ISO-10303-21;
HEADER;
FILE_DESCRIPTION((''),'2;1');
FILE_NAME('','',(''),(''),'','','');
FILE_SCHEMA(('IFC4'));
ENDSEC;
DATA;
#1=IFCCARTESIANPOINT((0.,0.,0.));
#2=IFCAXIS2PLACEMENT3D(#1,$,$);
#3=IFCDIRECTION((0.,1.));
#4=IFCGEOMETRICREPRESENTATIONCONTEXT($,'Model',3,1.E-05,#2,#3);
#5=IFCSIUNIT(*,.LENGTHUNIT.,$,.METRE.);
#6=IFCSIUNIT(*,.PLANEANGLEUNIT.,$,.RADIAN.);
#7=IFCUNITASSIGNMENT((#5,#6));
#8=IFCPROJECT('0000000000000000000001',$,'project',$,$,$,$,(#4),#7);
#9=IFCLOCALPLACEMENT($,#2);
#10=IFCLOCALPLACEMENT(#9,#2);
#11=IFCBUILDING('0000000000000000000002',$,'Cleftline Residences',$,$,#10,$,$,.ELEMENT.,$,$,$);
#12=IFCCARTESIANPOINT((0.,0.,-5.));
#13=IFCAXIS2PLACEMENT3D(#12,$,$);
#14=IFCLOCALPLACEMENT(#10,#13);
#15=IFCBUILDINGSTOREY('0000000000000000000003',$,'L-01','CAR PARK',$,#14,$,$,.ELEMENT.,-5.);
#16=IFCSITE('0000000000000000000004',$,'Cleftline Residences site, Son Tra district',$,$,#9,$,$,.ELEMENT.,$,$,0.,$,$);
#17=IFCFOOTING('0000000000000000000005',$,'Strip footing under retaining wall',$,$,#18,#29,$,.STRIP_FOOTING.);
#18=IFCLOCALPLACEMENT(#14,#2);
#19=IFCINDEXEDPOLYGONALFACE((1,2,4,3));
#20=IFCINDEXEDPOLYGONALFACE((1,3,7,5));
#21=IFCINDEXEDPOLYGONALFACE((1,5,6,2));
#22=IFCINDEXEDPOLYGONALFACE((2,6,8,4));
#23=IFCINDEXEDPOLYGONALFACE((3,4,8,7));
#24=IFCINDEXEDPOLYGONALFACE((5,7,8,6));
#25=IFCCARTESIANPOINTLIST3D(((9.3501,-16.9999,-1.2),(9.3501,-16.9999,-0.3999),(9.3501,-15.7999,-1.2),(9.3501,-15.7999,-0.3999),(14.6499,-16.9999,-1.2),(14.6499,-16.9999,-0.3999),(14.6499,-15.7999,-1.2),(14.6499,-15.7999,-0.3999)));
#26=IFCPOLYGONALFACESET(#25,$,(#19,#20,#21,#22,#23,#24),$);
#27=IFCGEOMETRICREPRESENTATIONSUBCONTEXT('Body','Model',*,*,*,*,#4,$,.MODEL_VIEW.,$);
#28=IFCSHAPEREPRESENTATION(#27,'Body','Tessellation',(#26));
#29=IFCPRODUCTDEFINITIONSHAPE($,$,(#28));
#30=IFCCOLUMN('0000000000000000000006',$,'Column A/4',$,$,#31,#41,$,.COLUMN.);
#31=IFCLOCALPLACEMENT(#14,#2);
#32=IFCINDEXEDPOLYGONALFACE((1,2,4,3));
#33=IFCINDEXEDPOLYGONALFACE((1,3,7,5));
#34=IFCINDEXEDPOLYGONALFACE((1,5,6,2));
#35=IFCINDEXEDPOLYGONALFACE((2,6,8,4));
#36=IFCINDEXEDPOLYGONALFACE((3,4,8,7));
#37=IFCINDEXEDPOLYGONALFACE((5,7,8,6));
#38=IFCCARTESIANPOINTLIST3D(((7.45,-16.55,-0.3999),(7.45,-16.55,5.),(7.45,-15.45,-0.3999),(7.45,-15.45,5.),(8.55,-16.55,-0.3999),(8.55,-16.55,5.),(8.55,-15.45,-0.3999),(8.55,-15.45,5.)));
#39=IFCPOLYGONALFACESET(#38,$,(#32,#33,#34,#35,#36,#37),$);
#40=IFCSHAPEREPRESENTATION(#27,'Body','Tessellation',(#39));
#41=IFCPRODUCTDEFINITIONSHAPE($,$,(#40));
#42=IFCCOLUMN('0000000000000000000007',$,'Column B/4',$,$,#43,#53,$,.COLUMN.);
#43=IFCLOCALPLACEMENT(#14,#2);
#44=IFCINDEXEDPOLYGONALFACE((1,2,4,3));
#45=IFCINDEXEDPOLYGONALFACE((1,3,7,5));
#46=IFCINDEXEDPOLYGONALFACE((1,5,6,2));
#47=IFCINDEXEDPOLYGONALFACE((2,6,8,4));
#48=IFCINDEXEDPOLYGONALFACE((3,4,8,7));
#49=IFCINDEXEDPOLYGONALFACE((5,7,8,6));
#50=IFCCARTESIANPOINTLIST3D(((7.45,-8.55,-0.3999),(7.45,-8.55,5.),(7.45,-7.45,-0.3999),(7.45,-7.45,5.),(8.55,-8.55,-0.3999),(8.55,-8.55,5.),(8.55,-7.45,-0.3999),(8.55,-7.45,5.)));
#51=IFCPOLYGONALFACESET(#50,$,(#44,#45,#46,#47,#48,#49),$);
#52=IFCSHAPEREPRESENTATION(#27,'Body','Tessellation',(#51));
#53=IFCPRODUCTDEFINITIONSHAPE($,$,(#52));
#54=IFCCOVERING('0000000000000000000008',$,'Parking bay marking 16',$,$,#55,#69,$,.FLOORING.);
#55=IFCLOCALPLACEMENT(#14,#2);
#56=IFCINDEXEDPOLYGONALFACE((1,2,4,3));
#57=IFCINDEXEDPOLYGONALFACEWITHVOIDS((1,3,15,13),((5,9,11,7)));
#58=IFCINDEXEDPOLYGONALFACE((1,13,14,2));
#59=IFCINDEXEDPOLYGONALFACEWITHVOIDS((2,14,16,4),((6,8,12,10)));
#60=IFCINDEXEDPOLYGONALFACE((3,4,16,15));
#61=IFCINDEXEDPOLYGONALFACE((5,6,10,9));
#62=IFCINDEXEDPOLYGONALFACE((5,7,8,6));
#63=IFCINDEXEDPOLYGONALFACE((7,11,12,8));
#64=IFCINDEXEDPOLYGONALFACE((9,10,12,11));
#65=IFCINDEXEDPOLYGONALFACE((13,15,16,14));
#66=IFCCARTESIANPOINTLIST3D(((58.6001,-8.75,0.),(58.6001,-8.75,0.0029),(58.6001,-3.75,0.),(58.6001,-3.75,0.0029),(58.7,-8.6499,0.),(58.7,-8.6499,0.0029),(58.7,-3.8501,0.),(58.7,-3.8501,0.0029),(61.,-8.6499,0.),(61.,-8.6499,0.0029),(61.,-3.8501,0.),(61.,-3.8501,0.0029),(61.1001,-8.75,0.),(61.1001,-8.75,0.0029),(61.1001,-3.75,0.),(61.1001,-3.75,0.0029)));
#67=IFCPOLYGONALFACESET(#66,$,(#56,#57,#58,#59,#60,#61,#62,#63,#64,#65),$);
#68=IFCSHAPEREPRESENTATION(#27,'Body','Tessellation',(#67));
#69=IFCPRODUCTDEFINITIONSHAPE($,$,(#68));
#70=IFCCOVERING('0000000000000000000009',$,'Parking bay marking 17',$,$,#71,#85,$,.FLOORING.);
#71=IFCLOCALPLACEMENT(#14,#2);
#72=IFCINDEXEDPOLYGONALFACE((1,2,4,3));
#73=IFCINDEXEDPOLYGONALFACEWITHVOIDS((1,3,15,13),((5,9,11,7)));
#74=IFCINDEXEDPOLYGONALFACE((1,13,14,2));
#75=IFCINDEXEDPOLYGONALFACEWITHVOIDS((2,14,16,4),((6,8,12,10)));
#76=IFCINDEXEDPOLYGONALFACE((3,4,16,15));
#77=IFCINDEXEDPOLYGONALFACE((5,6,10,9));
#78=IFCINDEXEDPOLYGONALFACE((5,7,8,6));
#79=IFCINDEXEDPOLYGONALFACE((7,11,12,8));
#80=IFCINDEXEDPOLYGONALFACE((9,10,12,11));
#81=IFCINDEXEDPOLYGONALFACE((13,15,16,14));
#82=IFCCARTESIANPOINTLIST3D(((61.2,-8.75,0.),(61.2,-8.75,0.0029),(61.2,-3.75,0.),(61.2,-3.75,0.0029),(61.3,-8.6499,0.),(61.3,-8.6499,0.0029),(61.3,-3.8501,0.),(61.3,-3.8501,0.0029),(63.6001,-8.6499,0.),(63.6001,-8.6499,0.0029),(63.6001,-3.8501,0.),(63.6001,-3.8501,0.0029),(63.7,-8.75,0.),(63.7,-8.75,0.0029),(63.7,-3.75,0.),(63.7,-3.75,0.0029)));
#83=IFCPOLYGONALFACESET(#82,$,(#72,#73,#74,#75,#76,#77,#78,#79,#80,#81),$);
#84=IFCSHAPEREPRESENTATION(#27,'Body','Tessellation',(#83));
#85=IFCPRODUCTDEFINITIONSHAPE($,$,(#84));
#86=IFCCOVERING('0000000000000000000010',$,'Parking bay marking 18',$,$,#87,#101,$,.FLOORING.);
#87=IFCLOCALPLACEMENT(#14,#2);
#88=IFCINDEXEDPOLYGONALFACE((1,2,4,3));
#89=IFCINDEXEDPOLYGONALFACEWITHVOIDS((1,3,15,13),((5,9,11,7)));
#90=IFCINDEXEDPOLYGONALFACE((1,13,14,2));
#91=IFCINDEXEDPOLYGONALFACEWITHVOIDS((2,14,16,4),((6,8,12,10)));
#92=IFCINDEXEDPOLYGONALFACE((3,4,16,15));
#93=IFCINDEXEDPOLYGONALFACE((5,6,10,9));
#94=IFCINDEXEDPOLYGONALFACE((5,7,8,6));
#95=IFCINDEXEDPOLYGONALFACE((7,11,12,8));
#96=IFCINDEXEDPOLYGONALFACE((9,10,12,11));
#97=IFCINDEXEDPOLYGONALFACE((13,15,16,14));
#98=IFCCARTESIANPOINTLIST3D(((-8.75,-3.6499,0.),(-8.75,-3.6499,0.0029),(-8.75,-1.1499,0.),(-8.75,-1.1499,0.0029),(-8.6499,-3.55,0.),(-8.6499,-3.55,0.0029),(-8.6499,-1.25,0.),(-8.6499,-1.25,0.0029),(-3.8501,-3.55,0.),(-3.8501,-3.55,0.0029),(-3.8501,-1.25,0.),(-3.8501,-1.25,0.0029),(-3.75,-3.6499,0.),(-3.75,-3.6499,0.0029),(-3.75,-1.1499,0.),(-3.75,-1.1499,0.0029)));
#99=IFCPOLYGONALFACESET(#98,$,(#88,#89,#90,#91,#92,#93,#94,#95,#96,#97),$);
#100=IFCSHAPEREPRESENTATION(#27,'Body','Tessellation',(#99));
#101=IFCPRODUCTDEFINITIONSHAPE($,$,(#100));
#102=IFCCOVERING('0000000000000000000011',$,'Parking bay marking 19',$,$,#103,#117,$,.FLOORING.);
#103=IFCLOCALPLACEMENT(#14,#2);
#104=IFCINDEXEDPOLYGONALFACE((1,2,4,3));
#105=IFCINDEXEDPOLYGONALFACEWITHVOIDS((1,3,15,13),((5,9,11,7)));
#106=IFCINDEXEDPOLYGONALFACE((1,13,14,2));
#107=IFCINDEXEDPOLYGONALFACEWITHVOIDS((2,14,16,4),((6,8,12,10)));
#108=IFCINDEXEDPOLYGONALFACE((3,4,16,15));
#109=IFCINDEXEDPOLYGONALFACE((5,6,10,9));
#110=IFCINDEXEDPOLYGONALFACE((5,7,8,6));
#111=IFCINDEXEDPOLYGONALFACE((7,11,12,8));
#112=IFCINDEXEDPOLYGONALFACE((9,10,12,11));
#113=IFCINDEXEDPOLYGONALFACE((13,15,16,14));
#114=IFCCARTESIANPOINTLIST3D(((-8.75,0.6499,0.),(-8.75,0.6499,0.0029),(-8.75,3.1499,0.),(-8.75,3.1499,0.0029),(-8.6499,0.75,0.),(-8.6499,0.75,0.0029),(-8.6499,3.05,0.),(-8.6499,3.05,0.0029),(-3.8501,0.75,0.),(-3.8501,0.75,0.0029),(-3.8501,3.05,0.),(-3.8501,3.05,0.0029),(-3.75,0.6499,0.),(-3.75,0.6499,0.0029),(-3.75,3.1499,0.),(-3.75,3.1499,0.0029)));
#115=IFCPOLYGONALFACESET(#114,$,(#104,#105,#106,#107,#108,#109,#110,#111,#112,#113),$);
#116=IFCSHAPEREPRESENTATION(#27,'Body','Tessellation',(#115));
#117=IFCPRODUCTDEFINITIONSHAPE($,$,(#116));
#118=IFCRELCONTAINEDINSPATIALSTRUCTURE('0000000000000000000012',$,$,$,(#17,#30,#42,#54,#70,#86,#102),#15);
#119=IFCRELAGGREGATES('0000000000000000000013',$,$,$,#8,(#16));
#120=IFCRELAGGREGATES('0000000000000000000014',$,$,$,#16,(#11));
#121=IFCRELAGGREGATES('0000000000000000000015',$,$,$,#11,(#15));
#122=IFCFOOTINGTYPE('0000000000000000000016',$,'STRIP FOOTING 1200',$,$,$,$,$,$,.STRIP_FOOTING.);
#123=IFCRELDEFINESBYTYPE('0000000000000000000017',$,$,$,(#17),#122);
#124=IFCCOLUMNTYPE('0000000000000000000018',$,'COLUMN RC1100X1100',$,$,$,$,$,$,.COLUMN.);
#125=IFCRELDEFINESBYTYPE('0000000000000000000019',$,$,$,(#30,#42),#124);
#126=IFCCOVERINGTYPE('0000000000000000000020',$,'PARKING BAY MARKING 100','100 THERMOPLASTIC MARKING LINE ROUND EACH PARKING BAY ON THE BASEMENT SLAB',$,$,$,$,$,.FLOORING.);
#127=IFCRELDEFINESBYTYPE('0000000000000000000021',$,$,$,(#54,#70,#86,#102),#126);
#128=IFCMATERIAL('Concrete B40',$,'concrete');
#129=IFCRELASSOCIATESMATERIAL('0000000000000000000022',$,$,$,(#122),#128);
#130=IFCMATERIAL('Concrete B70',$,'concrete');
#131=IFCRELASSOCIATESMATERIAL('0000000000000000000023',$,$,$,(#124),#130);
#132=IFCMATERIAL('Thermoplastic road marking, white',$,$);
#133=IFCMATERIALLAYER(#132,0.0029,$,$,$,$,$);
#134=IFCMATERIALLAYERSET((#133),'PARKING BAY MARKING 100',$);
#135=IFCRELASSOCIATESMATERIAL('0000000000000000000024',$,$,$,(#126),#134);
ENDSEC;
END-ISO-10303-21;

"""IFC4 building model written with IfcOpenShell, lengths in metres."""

from ifc_helpers import new_model, si_unit, direction, frame, frame_2d, origin, origin_2d, place, context, subcontext, project, spatial, polyline, rectangle, outline, extrude, material, layer, layer_set, material_profile, profile_set, type_object, element, save


model = new_model("IFC4")

# Units and contexts
model_context = context("Model", 3, precision=1e-05, world=origin(), true_north=direction((0.0, 1.0)))
body_context = subcontext(model_context, "Body", "Model", "MODEL_VIEW")
ifc_project = project(units=[si_unit("LENGTHUNIT", "METRE"), si_unit("PLANEANGLEUNIT", "RADIAN")], contexts=[model_context])

# Site, building, storey
site_placement = place(None, origin())
site = spatial("IfcSite", under=ifc_project, at=site_placement, Name="Cleftline Residences site, Son Tra district", CompositionType="ELEMENT", RefElevation=0.0)
building_placement = place(site_placement, origin())
building = spatial("IfcBuilding", under=site, at=building_placement, Name="Cleftline Residences", CompositionType="ELEMENT")
storey_placement = place(building_placement, frame((0.0, 0.0, -5.0)))
storey = spatial("IfcBuildingStorey", under=building, at=storey_placement, Name="L-01", Description="CAR PARK", CompositionType="ELEMENT", Elevation=-5.0)

# Footing
ifc_material_1 = material(Name="Concrete B40", Category="concrete")
footing_type_1 = type_object("IfcFootingType", Name="STRIP FOOTING 1200", PredefinedType="STRIP_FOOTING", material=ifc_material_1)
for number, where, z_axis, x_axis, name in (
    (1, (9.3501, -16.3999, -1.2), (0.0, 0.0, 1.0), (1.0, 0.0, 0.0), "Strip footing under retaining wall"),
):
    element("IfcFooting", number, at=place(storey_placement, frame(where, z_axis=z_axis, x_axis=x_axis)), inside=storey, type_object=footing_type_1, Name=name, PredefinedType="STRIP_FOOTING", context=body_context, shape_type="SweptSolid", body=[
        extrude(rectangle(XDim=5.2998, YDim=1.2, at=frame_2d((2.6499, 0.0))), origin(), (0.0, 0.0, 1.0), 0.8),
    ])

# Columns
ifc_material_2 = material(Name="Concrete B70", Category="concrete")
ifc_material_profile_1 = material_profile(ifc_material_2, rectangle(XDim=1.1001, YDim=1.1001, at=origin_2d()))
ifc_profile_set_1 = profile_set([ifc_material_profile_1], Name="Concrete B70")
column_type = type_object("IfcColumnType", Name="COLUMN RC1100X1100", PredefinedType="COLUMN", material=ifc_profile_set_1)
for number, where, z_axis, x_axis, name in (
    (2, (8.0, -16.0, -0.3999), (0.0, 0.0, 1.0), (1.0, 0.0, 0.0), "Column A/4"),
    (3, (8.0, -8.0, -0.3999), (0.0, 0.0, 1.0), (1.0, 0.0, 0.0), "Column B/4"),
):
    element("IfcColumn", number, at=place(storey_placement, frame(where, z_axis=z_axis, x_axis=x_axis)), inside=storey, type_object=column_type, Name=name, PredefinedType="COLUMN", context=body_context, shape_type="SweptSolid", body=[
        extrude(rectangle(XDim=1.1001, YDim=1.1001, at=origin_2d()), origin(), (0.0, 0.0, 1.0), 5.3999),
    ])

# Coverings
ifc_material_3 = material(Name="Thermoplastic road marking, white")
ifc_layer = layer(ifc_material_3, 0.0029)
ifc_layer_set = layer_set([ifc_layer], Name="PARKING BAY MARKING 100")
covering_type = type_object("IfcCoveringType", Name="PARKING BAY MARKING 100", Description="100 THERMOPLASTIC MARKING LINE ROUND EACH PARKING BAY ON THE BASEMENT SLAB", PredefinedType="FLOORING", material=ifc_layer_set)
covering_1_placement = place(storey_placement, origin())
element("IfcCovering", 4, at=covering_1_placement, inside=storey, type_object=covering_type, Name="Parking bay marking 16", PredefinedType="FLOORING", context=body_context, shape_type="SweptSolid", body=[
    extrude(outline(polyline([(61.1001, -8.75), (61.1001, -3.75), (58.6001, -3.75), (58.6001, -8.75), (61.1001, -8.75)]), holes=[polyline([(61.0, -3.8501), (58.7, -3.8501), (58.7, -8.6499), (61.0, -8.6499), (61.0, -3.8501)])]), origin(), (0.0, 0.0, 1.0), 0.0029),
])
covering_2_placement = place(storey_placement, origin())
element("IfcCovering", 5, at=covering_2_placement, inside=storey, type_object=covering_type, Name="Parking bay marking 17", PredefinedType="FLOORING", context=body_context, shape_type="SweptSolid", body=[
    extrude(outline(polyline([(63.7, -8.75), (63.7, -3.75), (61.2, -3.75), (61.2, -8.75), (63.7, -8.75)]), holes=[polyline([(63.6001, -3.8501), (61.3, -3.8501), (61.3, -8.6499), (63.6001, -8.6499), (63.6001, -3.8501)])]), origin(), (0.0, 0.0, 1.0), 0.0029),
])
covering_3_placement = place(storey_placement, origin())
element("IfcCovering", 6, at=covering_3_placement, inside=storey, type_object=covering_type, Name="Parking bay marking 18", PredefinedType="FLOORING", context=body_context, shape_type="SweptSolid", body=[
    extrude(outline(polyline([(-3.75, -3.6499), (-3.75, -1.1499), (-8.75, -1.1499), (-8.75, -3.6499), (-3.75, -3.6499)]), holes=[polyline([(-3.8501, -1.25), (-8.6499, -1.25), (-8.6499, -3.55), (-3.8501, -3.55), (-3.8501, -1.25)])]), origin(), (0.0, 0.0, 1.0), 0.0029),
])
covering_4_placement = place(storey_placement, origin())
element("IfcCovering", 7, at=covering_4_placement, inside=storey, type_object=covering_type, Name="Parking bay marking 19", PredefinedType="FLOORING", context=body_context, shape_type="SweptSolid", body=[
    extrude(outline(polyline([(-3.75, 0.6499), (-3.75, 3.1499), (-8.75, 3.1499), (-8.75, 0.6499), (-3.75, 0.6499)]), holes=[polyline([(-3.8501, 3.05), (-8.6499, 3.05), (-8.6499, 0.75), (-3.8501, 0.75), (-3.8501, 3.05)])]), origin(), (0.0, 0.0, 1.0), 0.0029),
])

save(model, "model.ifc")
